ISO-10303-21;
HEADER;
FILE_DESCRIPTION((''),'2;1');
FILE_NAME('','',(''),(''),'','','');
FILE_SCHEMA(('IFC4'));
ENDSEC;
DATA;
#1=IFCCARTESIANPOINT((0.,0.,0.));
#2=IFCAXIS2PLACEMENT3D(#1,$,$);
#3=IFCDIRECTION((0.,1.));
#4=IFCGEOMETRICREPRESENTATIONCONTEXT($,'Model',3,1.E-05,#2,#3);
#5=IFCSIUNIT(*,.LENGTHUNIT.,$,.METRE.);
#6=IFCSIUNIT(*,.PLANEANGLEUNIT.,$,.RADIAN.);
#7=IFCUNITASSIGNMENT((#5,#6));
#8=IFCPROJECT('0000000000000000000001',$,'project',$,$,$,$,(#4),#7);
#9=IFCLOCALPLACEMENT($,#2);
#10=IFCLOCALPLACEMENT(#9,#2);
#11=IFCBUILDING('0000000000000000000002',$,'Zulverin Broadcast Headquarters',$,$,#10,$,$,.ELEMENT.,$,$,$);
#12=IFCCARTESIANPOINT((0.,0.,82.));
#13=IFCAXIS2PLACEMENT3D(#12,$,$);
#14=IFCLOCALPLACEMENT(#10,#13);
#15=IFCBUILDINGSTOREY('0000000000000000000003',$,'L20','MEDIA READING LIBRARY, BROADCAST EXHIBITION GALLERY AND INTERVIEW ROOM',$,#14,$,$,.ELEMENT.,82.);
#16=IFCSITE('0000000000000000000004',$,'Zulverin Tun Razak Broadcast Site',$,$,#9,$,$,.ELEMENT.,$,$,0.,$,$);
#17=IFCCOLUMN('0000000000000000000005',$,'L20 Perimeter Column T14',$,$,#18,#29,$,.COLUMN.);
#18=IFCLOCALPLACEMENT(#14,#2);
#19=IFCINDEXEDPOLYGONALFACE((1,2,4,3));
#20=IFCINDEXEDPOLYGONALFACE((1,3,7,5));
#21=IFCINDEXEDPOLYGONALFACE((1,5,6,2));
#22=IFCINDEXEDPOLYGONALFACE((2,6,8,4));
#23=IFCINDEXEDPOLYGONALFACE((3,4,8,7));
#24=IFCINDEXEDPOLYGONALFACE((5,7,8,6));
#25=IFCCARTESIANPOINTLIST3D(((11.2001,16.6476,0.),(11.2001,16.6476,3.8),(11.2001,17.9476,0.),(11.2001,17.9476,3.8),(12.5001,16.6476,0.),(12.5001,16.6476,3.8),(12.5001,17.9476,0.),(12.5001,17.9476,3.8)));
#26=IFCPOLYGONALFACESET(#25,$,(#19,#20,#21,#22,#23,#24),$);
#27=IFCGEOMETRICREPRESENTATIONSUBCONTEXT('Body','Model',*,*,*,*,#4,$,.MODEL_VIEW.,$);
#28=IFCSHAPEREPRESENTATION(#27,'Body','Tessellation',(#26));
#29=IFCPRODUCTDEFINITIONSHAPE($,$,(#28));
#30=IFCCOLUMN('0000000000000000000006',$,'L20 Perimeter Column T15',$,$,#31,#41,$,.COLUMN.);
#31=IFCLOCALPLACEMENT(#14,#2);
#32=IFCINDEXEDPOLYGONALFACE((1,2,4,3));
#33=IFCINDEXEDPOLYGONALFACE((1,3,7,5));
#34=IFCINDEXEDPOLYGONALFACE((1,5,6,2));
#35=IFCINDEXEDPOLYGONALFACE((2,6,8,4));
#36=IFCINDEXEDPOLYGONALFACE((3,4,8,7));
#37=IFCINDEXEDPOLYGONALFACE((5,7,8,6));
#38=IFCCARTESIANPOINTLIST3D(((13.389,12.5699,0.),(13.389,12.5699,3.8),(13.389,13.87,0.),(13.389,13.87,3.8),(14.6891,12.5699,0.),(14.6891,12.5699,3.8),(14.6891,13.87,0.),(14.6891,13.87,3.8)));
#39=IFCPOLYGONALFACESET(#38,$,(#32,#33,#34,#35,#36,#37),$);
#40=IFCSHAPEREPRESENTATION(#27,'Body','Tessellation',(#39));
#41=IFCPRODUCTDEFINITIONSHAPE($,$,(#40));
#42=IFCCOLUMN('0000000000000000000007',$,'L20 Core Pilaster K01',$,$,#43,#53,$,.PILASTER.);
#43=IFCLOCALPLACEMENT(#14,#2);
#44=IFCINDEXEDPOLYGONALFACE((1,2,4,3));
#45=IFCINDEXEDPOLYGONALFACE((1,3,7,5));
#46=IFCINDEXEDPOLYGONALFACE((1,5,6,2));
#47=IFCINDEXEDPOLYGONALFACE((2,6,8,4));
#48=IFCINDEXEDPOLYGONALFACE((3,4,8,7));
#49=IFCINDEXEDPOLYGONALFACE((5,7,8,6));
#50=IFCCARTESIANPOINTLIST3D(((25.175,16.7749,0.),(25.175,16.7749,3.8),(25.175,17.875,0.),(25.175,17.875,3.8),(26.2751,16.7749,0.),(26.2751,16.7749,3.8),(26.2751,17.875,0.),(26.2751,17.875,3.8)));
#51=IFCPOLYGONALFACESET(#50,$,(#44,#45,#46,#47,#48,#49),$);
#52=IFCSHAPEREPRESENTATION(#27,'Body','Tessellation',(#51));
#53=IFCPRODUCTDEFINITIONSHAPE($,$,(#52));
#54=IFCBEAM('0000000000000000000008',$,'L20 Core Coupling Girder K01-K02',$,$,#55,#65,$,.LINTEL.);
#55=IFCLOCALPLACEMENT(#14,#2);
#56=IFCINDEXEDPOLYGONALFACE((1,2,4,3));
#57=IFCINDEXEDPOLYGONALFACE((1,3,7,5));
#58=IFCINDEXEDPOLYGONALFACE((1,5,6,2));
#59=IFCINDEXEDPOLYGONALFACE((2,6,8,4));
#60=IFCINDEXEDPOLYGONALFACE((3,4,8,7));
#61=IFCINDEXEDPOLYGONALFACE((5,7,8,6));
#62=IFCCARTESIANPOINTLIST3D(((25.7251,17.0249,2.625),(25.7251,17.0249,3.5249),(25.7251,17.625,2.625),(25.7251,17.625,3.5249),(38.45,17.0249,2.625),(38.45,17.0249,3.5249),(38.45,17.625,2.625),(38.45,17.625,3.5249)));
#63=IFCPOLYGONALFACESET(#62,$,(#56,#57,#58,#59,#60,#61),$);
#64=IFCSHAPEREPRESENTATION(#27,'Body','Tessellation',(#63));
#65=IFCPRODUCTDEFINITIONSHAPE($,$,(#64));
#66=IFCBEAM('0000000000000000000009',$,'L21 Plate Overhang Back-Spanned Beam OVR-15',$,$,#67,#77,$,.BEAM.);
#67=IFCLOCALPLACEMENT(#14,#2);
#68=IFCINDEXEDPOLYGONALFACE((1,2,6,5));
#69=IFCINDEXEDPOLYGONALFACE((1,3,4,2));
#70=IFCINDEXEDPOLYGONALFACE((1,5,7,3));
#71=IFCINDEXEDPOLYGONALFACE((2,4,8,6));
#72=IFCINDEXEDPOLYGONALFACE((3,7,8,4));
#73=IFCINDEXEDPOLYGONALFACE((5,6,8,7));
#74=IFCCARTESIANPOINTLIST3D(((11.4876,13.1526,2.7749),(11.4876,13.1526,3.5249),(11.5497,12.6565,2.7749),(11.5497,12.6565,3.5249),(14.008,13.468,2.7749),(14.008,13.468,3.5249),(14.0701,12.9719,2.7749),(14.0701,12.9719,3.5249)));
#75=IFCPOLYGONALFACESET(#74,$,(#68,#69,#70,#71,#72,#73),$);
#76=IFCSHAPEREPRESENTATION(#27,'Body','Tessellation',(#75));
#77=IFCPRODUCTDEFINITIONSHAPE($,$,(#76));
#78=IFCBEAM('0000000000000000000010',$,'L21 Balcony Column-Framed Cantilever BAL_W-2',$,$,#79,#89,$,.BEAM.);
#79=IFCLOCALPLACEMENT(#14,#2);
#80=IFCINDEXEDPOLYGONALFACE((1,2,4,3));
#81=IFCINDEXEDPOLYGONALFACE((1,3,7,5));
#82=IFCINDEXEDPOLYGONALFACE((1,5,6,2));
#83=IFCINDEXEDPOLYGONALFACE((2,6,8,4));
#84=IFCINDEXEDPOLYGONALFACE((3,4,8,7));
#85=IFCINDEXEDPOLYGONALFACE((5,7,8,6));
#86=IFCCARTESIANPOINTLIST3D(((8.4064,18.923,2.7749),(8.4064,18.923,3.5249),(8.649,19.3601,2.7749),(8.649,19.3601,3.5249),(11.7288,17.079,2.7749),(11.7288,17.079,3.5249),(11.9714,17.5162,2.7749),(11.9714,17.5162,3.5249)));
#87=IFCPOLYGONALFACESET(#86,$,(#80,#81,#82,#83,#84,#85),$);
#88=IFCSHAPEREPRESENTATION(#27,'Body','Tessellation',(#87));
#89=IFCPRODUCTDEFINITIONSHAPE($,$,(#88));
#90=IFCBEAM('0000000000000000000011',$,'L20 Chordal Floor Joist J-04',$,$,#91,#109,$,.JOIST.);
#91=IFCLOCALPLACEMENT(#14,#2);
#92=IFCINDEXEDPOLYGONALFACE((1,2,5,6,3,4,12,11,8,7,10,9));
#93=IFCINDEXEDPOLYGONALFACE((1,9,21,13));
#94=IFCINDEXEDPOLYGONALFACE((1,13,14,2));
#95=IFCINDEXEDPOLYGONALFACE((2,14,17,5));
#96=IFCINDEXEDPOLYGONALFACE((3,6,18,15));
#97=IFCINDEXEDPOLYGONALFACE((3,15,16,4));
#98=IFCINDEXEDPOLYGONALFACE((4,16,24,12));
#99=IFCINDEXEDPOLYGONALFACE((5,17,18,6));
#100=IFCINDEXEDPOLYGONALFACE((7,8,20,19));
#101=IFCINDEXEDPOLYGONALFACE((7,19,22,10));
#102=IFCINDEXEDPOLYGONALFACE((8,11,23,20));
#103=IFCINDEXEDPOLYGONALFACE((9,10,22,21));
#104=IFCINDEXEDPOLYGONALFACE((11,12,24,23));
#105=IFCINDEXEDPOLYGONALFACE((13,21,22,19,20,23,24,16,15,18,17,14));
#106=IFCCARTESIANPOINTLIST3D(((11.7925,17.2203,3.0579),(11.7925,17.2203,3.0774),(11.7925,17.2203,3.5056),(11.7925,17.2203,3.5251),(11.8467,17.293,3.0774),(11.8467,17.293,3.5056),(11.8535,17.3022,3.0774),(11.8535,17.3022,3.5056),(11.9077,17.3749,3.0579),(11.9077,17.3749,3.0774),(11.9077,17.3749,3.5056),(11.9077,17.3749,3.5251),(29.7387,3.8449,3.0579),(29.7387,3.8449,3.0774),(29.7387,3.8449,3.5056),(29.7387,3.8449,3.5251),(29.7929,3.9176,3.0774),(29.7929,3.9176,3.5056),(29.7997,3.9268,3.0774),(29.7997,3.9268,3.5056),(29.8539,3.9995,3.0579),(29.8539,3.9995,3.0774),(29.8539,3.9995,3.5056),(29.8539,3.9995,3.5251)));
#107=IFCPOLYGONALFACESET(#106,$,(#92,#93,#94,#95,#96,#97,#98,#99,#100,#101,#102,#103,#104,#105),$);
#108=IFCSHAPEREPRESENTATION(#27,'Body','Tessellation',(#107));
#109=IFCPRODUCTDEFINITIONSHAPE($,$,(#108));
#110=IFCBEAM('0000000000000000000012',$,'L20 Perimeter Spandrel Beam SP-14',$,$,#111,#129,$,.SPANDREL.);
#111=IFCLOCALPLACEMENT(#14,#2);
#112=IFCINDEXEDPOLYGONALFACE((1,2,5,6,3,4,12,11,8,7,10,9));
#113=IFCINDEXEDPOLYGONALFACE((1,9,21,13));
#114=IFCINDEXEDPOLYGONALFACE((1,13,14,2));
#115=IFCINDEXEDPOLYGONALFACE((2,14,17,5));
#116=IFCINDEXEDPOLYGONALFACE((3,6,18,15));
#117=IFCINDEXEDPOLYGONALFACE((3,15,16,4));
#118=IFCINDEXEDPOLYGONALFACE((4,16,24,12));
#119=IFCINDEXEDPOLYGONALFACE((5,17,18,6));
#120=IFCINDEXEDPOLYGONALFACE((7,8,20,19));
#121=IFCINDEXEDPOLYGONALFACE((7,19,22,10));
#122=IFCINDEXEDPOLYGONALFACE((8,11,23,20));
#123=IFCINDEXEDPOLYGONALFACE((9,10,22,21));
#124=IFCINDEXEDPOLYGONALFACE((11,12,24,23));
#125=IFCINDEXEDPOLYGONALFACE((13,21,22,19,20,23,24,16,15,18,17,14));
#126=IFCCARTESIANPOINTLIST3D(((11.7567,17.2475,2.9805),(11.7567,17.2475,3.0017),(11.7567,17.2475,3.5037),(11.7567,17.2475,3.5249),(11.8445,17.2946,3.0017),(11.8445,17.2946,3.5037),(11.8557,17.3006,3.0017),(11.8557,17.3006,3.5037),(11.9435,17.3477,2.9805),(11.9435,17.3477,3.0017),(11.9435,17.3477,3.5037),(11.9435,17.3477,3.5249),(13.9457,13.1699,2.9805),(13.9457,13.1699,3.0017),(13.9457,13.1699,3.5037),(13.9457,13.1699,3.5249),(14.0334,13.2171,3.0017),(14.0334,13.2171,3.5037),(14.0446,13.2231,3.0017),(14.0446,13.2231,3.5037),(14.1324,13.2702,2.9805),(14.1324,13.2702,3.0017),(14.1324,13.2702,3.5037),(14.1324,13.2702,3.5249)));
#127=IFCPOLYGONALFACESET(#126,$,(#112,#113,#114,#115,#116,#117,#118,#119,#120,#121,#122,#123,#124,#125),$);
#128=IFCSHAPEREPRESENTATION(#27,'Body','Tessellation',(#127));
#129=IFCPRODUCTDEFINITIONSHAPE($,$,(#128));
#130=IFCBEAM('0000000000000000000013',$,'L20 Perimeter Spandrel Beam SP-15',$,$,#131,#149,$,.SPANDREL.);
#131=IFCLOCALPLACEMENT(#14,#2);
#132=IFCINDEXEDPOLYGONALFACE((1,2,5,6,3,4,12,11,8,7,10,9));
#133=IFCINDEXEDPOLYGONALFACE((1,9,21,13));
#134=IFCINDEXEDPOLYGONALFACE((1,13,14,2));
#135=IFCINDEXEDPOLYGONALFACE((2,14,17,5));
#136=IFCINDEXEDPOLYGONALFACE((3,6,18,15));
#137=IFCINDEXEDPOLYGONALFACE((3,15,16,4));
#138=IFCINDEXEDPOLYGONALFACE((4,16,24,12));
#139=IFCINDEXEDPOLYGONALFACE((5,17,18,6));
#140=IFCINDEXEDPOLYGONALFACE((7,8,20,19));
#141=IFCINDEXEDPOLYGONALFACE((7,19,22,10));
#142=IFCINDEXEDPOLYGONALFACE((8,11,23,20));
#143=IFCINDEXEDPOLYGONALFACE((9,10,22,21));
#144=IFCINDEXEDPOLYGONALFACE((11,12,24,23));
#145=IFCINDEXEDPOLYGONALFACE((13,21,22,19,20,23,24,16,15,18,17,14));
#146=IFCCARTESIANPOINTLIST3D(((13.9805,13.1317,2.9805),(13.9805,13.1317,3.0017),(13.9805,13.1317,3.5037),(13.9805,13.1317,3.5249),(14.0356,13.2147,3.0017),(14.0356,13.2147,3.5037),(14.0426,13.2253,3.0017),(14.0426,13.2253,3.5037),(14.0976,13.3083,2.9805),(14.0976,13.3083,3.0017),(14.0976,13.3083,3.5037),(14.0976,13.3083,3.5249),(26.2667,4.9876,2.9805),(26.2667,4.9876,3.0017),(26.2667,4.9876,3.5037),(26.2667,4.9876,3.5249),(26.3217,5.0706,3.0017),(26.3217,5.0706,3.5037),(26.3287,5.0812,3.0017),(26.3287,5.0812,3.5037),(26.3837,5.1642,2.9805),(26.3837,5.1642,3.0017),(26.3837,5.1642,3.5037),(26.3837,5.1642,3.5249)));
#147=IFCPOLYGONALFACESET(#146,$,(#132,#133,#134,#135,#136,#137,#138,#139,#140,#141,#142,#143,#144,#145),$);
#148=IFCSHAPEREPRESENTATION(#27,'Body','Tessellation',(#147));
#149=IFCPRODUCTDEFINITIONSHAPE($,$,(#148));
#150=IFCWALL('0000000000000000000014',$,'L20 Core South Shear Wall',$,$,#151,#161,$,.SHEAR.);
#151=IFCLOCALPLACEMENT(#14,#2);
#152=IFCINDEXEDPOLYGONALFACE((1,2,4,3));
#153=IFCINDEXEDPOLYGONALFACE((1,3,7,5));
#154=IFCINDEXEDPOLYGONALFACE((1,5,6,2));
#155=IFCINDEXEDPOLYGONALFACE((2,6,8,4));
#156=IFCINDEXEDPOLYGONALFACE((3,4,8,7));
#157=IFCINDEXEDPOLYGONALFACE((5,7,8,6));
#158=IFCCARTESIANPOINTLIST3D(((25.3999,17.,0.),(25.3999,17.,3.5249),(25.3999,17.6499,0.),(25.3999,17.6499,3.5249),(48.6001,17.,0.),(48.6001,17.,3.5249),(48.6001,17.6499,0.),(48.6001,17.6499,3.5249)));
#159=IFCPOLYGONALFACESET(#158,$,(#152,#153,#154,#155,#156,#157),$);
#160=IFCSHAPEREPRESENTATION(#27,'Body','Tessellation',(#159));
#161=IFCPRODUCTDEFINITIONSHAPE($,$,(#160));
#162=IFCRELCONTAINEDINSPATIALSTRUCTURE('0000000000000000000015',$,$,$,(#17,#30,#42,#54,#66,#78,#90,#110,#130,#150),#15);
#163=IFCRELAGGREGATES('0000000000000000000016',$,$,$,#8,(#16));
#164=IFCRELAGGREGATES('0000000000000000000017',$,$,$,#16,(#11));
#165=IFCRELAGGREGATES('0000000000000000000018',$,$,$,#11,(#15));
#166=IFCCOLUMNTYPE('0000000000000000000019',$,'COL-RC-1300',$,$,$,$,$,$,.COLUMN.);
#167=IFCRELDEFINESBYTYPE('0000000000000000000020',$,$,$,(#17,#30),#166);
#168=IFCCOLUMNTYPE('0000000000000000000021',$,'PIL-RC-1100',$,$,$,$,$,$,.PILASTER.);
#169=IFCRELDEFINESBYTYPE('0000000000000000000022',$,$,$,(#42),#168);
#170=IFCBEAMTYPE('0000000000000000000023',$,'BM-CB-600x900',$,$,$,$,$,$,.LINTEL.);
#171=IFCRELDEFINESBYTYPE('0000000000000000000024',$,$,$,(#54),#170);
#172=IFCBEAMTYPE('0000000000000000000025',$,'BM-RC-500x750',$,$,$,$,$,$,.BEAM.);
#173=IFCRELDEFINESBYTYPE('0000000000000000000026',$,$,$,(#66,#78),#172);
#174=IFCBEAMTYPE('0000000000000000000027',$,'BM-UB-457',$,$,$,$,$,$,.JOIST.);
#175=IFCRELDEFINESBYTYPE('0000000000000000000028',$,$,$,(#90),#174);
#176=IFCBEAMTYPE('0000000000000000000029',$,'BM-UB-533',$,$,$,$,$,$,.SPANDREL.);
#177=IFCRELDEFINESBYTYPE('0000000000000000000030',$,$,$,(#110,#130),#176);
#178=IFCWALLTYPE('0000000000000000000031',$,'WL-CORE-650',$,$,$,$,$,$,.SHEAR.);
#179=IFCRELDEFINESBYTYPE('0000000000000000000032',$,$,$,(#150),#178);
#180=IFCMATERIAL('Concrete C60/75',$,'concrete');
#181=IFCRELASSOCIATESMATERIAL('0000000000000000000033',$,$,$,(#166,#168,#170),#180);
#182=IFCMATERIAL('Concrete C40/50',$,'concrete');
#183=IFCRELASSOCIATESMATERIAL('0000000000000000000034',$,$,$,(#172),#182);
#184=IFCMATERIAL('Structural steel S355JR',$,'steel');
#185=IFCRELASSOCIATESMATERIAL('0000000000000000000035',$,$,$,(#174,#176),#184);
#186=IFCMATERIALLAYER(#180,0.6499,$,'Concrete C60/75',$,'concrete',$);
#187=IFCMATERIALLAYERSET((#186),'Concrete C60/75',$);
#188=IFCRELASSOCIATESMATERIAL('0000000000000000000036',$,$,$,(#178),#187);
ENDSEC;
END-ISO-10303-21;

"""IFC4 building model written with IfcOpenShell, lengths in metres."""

from ifc_helpers import new_model, si_unit, direction, frame, frame_2d, origin, origin_2d, place, context, subcontext, project, spatial, rectangle, i_section, extrude, material, layer, layer_set, material_profile, profile_set, type_object, element, save


model = new_model("IFC4")

# Units and contexts
model_context = context("Model", 3, precision=1e-05, world=origin(), true_north=direction((0.0, 1.0)))
body_context = subcontext(model_context, "Body", "Model", "MODEL_VIEW")
ifc_project = project(units=[si_unit("LENGTHUNIT", "METRE"), si_unit("PLANEANGLEUNIT", "RADIAN")], contexts=[model_context])

# Site, building, storey
site_placement = place(None, origin())
site = spatial("IfcSite", under=ifc_project, at=site_placement, Name="Zulverin Tun Razak Broadcast Site", CompositionType="ELEMENT", RefElevation=0.0)
building_placement = place(site_placement, origin())
building = spatial("IfcBuilding", under=site, at=building_placement, Name="Zulverin Broadcast Headquarters", CompositionType="ELEMENT")
storey_placement = place(building_placement, frame((0.0, 0.0, 82.0)))
storey = spatial("IfcBuildingStorey", under=building, at=storey_placement, Name="L20", Description="MEDIA READING LIBRARY, BROADCAST EXHIBITION GALLERY AND INTERVIEW ROOM", CompositionType="ELEMENT", Elevation=82.0)

# Columns
ifc_material_1 = material(Name="Concrete C60/75", Category="concrete")
ifc_material_profile_1 = material_profile(ifc_material_1, rectangle(XDim=1.3, YDim=1.3, at=origin_2d()), Name="Concrete C60/75", Category="concrete")
ifc_profile_set_1 = profile_set([ifc_material_profile_1], Name="Concrete C60/75")
column_type_1 = type_object("IfcColumnType", Name="COL-RC-1300", PredefinedType="COLUMN", material=ifc_profile_set_1)
for number, where, z_axis, x_axis, name in (
    (1, (11.8501, 17.2976, 0.0), (0.0, 0.0, 1.0), (1.0, 0.0, 0.0), "L20 Perimeter Column T14"),
    (2, (14.0391, 13.22, 0.0), (0.0, 0.0, 1.0), (1.0, 0.0, 0.0), "L20 Perimeter Column T15"),
):
    element("IfcColumn", number, at=place(storey_placement, frame(where, z_axis=z_axis, x_axis=x_axis)), inside=storey, type_object=column_type_1, Name=name, PredefinedType="COLUMN", context=body_context, shape_type="SweptSolid", body=[
        extrude(rectangle(XDim=1.3, YDim=1.3, at=origin_2d()), origin(), (0.0, 0.0, 1.0), 3.8),
    ])
ifc_material_profile_2 = material_profile(ifc_material_1, rectangle(XDim=1.1001, YDim=1.1001, at=origin_2d()), Name="Concrete C60/75", Category="concrete")
ifc_profile_set_2 = profile_set([ifc_material_profile_2], Name="Concrete C60/75")
column_type_2 = type_object("IfcColumnType", Name="PIL-RC-1100", PredefinedType="PILASTER", material=ifc_profile_set_2)
column_placement = place(storey_placement, frame((25.7251, 17.325, 0.0), z_axis=(0.0, 0.0, 1.0), x_axis=(1.0, 0.0, 0.0)))
element("IfcColumn", 3, at=column_placement, inside=storey, type_object=column_type_2, Name="L20 Core Pilaster K01", PredefinedType="PILASTER", context=body_context, shape_type="SweptSolid", body=[
    extrude(rectangle(XDim=1.1001, YDim=1.1001, at=origin_2d()), origin(), (0.0, 0.0, 1.0), 3.8),
])

# Beams
ifc_material_profile_3 = material_profile(ifc_material_1, rectangle(XDim=0.6001, YDim=0.8999, at=origin_2d()), Name="Concrete C60/75", Category="concrete")
ifc_profile_set_3 = profile_set([ifc_material_profile_3], Name="Concrete C60/75")
beam_type_1 = type_object("IfcBeamType", Name="BM-CB-600x900", PredefinedType="LINTEL", material=ifc_profile_set_3)
beam_1_placement = place(storey_placement, frame((25.7251, 17.325, 3.075), z_axis=(1.0, 0.0, 0.0), x_axis=(0.0, 1.0, 0.0)))
element("IfcBeam", 4, at=beam_1_placement, inside=storey, type_object=beam_type_1, Name="L20 Core Coupling Girder K01-K02", PredefinedType="LINTEL", context=body_context, shape_type="SweptSolid", body=[
    extrude(rectangle(XDim=0.6001, YDim=0.8999, at=origin_2d()), origin(), (0.0, 0.0, 1.0), 12.7249),
])
ifc_material_2 = material(Name="Concrete C40/50", Category="concrete")
ifc_material_profile_4 = material_profile(ifc_material_2, rectangle(XDim=0.5, YDim=0.75, at=origin_2d()), Name="Concrete C40/50", Category="concrete")
ifc_profile_set_4 = profile_set([ifc_material_profile_4], Name="Concrete C40/50")
beam_type_2 = type_object("IfcBeamType", Name="BM-RC-500x750", PredefinedType="BEAM", material=ifc_profile_set_4)
beam_2_placement = place(storey_placement, frame((14.0391, 13.22, 3.1499), z_axis=(-0.992259, -0.124189, 0.0), x_axis=(0.124189, -0.992259, 0.0)))
element("IfcBeam", 5, at=beam_2_placement, inside=storey, type_object=beam_type_2, Name="L21 Plate Overhang Back-Spanned Beam OVR-15", PredefinedType="BEAM", context=body_context, shape_type="SweptSolid", body=[
    extrude(rectangle(XDim=0.5, YDim=0.75, at=origin_2d()), origin(), (0.0, 0.0, 1.0), 2.54),
])
beam_3_placement = place(storey_placement, frame((11.8501, 17.2976, 3.1499), z_axis=(-0.874363, 0.485272, 0.0), x_axis=(-0.485272, -0.874363, 0.0)))
element("IfcBeam", 6, at=beam_3_placement, inside=storey, type_object=beam_type_2, Name="L21 Balcony Column-Framed Cantilever BAL_W-2", PredefinedType="BEAM", context=body_context, shape_type="SweptSolid", body=[
    extrude(rectangle(XDim=0.5, YDim=0.75, at=origin_2d()), origin(), (0.0, 0.0, 1.0), 3.7998),
])
ifc_material_3 = material(Name="Structural steel S355JR", Category="steel")
ifc_material_profile_5 = material_profile(ifc_material_3, i_section(OverallWidth=0.1929, OverallDepth=0.4673, WebThickness=0.0115, FlangeThickness=0.0195, at=origin_2d()), Name="Structural steel S355JR", Category="steel")
ifc_profile_set_5 = profile_set([ifc_material_profile_5], Name="Structural steel S355JR")
beam_type_3 = type_object("IfcBeamType", Name="BM-UB-457", PredefinedType="JOIST", material=ifc_profile_set_5)
beam_4_placement = place(storey_placement, frame((11.8501, 17.2976, 3.2915), z_axis=(0.801803, -0.597589, 0.0), x_axis=(0.597589, 0.801803, 0.0)))
element("IfcBeam", 7, at=beam_4_placement, inside=storey, type_object=beam_type_3, Name="L20 Chordal Floor Joist J-04", PredefinedType="JOIST", context=body_context, shape_type="SweptSolid", body=[
    extrude(i_section(OverallWidth=0.1929, OverallDepth=0.4673, WebThickness=0.0115, FlangeThickness=0.0195, at=origin_2d()), origin(), (0.0, 0.0, 1.0), 22.3823),
])
ifc_material_profile_6 = material_profile(ifc_material_3, i_section(OverallWidth=0.2119, OverallDepth=0.5444, WebThickness=0.0127, FlangeThickness=0.0212, at=origin_2d()), Name="Structural steel S355JR", Category="steel")
ifc_profile_set_6 = profile_set([ifc_material_profile_6], Name="Structural steel S355JR")
beam_type_4 = type_object("IfcBeamType", Name="BM-UB-533", PredefinedType="SPANDREL", material=ifc_profile_set_6)
beam_5_placement = place(storey_placement, frame((11.8501, 17.2976, 3.2527), z_axis=(0.47298, -0.881073, 0.0), x_axis=(0.881073, 0.47298, 0.0)))
element("IfcBeam", 8, at=beam_5_placement, inside=storey, type_object=beam_type_4, Name="L20 Perimeter Spandrel Beam SP-14", PredefinedType="SPANDREL", context=body_context, shape_type="SweptSolid", body=[
    extrude(i_section(OverallWidth=0.2119, OverallDepth=0.5444, WebThickness=0.0127, FlangeThickness=0.0212, at=origin_2d()), origin(), (0.0, 0.0, 1.0), 4.6279),
])
beam_6_placement = place(storey_placement, frame((14.0391, 13.22, 3.2527), z_axis=(0.83351, -0.552504, 0.0), x_axis=(0.552504, 0.83351, 0.0)))
element("IfcBeam", 9, at=beam_6_placement, inside=storey, type_object=beam_type_4, Name="L20 Perimeter Spandrel Beam SP-15", PredefinedType="SPANDREL", context=body_context, shape_type="SweptSolid", body=[
    extrude(i_section(OverallWidth=0.2119, OverallDepth=0.5444, WebThickness=0.0127, FlangeThickness=0.0212, at=origin_2d()), origin(), (0.0, 0.0, 1.0), 14.7402),
])

# Wall
ifc_layer_1 = layer(ifc_material_1, 0.6499, Name="Concrete C60/75", Category="concrete")
ifc_layer_set_1 = layer_set([ifc_layer_1], Name="Concrete C60/75")
wall_type_1 = type_object("IfcWallType", Name="WL-CORE-650", PredefinedType="SHEAR", material=ifc_layer_set_1)
wall_1_placement = place(storey_placement, frame((25.3999, 17.325, 0.0), z_axis=(0.0, 0.0, 1.0), x_axis=(1.0, 0.0, 0.0)))
element("IfcWall", 10, at=wall_1_placement, inside=storey, type_object=wall_type_1, Name="L20 Core South Shear Wall", PredefinedType="SHEAR", context=body_context, shape_type="SweptSolid", body=[
    extrude(rectangle(XDim=23.2002, YDim=0.6499, at=frame_2d((11.6001, 0.0))), origin(), (0.0, 0.0, 1.0), 3.5249),
])

save(model, "model.ifc")
